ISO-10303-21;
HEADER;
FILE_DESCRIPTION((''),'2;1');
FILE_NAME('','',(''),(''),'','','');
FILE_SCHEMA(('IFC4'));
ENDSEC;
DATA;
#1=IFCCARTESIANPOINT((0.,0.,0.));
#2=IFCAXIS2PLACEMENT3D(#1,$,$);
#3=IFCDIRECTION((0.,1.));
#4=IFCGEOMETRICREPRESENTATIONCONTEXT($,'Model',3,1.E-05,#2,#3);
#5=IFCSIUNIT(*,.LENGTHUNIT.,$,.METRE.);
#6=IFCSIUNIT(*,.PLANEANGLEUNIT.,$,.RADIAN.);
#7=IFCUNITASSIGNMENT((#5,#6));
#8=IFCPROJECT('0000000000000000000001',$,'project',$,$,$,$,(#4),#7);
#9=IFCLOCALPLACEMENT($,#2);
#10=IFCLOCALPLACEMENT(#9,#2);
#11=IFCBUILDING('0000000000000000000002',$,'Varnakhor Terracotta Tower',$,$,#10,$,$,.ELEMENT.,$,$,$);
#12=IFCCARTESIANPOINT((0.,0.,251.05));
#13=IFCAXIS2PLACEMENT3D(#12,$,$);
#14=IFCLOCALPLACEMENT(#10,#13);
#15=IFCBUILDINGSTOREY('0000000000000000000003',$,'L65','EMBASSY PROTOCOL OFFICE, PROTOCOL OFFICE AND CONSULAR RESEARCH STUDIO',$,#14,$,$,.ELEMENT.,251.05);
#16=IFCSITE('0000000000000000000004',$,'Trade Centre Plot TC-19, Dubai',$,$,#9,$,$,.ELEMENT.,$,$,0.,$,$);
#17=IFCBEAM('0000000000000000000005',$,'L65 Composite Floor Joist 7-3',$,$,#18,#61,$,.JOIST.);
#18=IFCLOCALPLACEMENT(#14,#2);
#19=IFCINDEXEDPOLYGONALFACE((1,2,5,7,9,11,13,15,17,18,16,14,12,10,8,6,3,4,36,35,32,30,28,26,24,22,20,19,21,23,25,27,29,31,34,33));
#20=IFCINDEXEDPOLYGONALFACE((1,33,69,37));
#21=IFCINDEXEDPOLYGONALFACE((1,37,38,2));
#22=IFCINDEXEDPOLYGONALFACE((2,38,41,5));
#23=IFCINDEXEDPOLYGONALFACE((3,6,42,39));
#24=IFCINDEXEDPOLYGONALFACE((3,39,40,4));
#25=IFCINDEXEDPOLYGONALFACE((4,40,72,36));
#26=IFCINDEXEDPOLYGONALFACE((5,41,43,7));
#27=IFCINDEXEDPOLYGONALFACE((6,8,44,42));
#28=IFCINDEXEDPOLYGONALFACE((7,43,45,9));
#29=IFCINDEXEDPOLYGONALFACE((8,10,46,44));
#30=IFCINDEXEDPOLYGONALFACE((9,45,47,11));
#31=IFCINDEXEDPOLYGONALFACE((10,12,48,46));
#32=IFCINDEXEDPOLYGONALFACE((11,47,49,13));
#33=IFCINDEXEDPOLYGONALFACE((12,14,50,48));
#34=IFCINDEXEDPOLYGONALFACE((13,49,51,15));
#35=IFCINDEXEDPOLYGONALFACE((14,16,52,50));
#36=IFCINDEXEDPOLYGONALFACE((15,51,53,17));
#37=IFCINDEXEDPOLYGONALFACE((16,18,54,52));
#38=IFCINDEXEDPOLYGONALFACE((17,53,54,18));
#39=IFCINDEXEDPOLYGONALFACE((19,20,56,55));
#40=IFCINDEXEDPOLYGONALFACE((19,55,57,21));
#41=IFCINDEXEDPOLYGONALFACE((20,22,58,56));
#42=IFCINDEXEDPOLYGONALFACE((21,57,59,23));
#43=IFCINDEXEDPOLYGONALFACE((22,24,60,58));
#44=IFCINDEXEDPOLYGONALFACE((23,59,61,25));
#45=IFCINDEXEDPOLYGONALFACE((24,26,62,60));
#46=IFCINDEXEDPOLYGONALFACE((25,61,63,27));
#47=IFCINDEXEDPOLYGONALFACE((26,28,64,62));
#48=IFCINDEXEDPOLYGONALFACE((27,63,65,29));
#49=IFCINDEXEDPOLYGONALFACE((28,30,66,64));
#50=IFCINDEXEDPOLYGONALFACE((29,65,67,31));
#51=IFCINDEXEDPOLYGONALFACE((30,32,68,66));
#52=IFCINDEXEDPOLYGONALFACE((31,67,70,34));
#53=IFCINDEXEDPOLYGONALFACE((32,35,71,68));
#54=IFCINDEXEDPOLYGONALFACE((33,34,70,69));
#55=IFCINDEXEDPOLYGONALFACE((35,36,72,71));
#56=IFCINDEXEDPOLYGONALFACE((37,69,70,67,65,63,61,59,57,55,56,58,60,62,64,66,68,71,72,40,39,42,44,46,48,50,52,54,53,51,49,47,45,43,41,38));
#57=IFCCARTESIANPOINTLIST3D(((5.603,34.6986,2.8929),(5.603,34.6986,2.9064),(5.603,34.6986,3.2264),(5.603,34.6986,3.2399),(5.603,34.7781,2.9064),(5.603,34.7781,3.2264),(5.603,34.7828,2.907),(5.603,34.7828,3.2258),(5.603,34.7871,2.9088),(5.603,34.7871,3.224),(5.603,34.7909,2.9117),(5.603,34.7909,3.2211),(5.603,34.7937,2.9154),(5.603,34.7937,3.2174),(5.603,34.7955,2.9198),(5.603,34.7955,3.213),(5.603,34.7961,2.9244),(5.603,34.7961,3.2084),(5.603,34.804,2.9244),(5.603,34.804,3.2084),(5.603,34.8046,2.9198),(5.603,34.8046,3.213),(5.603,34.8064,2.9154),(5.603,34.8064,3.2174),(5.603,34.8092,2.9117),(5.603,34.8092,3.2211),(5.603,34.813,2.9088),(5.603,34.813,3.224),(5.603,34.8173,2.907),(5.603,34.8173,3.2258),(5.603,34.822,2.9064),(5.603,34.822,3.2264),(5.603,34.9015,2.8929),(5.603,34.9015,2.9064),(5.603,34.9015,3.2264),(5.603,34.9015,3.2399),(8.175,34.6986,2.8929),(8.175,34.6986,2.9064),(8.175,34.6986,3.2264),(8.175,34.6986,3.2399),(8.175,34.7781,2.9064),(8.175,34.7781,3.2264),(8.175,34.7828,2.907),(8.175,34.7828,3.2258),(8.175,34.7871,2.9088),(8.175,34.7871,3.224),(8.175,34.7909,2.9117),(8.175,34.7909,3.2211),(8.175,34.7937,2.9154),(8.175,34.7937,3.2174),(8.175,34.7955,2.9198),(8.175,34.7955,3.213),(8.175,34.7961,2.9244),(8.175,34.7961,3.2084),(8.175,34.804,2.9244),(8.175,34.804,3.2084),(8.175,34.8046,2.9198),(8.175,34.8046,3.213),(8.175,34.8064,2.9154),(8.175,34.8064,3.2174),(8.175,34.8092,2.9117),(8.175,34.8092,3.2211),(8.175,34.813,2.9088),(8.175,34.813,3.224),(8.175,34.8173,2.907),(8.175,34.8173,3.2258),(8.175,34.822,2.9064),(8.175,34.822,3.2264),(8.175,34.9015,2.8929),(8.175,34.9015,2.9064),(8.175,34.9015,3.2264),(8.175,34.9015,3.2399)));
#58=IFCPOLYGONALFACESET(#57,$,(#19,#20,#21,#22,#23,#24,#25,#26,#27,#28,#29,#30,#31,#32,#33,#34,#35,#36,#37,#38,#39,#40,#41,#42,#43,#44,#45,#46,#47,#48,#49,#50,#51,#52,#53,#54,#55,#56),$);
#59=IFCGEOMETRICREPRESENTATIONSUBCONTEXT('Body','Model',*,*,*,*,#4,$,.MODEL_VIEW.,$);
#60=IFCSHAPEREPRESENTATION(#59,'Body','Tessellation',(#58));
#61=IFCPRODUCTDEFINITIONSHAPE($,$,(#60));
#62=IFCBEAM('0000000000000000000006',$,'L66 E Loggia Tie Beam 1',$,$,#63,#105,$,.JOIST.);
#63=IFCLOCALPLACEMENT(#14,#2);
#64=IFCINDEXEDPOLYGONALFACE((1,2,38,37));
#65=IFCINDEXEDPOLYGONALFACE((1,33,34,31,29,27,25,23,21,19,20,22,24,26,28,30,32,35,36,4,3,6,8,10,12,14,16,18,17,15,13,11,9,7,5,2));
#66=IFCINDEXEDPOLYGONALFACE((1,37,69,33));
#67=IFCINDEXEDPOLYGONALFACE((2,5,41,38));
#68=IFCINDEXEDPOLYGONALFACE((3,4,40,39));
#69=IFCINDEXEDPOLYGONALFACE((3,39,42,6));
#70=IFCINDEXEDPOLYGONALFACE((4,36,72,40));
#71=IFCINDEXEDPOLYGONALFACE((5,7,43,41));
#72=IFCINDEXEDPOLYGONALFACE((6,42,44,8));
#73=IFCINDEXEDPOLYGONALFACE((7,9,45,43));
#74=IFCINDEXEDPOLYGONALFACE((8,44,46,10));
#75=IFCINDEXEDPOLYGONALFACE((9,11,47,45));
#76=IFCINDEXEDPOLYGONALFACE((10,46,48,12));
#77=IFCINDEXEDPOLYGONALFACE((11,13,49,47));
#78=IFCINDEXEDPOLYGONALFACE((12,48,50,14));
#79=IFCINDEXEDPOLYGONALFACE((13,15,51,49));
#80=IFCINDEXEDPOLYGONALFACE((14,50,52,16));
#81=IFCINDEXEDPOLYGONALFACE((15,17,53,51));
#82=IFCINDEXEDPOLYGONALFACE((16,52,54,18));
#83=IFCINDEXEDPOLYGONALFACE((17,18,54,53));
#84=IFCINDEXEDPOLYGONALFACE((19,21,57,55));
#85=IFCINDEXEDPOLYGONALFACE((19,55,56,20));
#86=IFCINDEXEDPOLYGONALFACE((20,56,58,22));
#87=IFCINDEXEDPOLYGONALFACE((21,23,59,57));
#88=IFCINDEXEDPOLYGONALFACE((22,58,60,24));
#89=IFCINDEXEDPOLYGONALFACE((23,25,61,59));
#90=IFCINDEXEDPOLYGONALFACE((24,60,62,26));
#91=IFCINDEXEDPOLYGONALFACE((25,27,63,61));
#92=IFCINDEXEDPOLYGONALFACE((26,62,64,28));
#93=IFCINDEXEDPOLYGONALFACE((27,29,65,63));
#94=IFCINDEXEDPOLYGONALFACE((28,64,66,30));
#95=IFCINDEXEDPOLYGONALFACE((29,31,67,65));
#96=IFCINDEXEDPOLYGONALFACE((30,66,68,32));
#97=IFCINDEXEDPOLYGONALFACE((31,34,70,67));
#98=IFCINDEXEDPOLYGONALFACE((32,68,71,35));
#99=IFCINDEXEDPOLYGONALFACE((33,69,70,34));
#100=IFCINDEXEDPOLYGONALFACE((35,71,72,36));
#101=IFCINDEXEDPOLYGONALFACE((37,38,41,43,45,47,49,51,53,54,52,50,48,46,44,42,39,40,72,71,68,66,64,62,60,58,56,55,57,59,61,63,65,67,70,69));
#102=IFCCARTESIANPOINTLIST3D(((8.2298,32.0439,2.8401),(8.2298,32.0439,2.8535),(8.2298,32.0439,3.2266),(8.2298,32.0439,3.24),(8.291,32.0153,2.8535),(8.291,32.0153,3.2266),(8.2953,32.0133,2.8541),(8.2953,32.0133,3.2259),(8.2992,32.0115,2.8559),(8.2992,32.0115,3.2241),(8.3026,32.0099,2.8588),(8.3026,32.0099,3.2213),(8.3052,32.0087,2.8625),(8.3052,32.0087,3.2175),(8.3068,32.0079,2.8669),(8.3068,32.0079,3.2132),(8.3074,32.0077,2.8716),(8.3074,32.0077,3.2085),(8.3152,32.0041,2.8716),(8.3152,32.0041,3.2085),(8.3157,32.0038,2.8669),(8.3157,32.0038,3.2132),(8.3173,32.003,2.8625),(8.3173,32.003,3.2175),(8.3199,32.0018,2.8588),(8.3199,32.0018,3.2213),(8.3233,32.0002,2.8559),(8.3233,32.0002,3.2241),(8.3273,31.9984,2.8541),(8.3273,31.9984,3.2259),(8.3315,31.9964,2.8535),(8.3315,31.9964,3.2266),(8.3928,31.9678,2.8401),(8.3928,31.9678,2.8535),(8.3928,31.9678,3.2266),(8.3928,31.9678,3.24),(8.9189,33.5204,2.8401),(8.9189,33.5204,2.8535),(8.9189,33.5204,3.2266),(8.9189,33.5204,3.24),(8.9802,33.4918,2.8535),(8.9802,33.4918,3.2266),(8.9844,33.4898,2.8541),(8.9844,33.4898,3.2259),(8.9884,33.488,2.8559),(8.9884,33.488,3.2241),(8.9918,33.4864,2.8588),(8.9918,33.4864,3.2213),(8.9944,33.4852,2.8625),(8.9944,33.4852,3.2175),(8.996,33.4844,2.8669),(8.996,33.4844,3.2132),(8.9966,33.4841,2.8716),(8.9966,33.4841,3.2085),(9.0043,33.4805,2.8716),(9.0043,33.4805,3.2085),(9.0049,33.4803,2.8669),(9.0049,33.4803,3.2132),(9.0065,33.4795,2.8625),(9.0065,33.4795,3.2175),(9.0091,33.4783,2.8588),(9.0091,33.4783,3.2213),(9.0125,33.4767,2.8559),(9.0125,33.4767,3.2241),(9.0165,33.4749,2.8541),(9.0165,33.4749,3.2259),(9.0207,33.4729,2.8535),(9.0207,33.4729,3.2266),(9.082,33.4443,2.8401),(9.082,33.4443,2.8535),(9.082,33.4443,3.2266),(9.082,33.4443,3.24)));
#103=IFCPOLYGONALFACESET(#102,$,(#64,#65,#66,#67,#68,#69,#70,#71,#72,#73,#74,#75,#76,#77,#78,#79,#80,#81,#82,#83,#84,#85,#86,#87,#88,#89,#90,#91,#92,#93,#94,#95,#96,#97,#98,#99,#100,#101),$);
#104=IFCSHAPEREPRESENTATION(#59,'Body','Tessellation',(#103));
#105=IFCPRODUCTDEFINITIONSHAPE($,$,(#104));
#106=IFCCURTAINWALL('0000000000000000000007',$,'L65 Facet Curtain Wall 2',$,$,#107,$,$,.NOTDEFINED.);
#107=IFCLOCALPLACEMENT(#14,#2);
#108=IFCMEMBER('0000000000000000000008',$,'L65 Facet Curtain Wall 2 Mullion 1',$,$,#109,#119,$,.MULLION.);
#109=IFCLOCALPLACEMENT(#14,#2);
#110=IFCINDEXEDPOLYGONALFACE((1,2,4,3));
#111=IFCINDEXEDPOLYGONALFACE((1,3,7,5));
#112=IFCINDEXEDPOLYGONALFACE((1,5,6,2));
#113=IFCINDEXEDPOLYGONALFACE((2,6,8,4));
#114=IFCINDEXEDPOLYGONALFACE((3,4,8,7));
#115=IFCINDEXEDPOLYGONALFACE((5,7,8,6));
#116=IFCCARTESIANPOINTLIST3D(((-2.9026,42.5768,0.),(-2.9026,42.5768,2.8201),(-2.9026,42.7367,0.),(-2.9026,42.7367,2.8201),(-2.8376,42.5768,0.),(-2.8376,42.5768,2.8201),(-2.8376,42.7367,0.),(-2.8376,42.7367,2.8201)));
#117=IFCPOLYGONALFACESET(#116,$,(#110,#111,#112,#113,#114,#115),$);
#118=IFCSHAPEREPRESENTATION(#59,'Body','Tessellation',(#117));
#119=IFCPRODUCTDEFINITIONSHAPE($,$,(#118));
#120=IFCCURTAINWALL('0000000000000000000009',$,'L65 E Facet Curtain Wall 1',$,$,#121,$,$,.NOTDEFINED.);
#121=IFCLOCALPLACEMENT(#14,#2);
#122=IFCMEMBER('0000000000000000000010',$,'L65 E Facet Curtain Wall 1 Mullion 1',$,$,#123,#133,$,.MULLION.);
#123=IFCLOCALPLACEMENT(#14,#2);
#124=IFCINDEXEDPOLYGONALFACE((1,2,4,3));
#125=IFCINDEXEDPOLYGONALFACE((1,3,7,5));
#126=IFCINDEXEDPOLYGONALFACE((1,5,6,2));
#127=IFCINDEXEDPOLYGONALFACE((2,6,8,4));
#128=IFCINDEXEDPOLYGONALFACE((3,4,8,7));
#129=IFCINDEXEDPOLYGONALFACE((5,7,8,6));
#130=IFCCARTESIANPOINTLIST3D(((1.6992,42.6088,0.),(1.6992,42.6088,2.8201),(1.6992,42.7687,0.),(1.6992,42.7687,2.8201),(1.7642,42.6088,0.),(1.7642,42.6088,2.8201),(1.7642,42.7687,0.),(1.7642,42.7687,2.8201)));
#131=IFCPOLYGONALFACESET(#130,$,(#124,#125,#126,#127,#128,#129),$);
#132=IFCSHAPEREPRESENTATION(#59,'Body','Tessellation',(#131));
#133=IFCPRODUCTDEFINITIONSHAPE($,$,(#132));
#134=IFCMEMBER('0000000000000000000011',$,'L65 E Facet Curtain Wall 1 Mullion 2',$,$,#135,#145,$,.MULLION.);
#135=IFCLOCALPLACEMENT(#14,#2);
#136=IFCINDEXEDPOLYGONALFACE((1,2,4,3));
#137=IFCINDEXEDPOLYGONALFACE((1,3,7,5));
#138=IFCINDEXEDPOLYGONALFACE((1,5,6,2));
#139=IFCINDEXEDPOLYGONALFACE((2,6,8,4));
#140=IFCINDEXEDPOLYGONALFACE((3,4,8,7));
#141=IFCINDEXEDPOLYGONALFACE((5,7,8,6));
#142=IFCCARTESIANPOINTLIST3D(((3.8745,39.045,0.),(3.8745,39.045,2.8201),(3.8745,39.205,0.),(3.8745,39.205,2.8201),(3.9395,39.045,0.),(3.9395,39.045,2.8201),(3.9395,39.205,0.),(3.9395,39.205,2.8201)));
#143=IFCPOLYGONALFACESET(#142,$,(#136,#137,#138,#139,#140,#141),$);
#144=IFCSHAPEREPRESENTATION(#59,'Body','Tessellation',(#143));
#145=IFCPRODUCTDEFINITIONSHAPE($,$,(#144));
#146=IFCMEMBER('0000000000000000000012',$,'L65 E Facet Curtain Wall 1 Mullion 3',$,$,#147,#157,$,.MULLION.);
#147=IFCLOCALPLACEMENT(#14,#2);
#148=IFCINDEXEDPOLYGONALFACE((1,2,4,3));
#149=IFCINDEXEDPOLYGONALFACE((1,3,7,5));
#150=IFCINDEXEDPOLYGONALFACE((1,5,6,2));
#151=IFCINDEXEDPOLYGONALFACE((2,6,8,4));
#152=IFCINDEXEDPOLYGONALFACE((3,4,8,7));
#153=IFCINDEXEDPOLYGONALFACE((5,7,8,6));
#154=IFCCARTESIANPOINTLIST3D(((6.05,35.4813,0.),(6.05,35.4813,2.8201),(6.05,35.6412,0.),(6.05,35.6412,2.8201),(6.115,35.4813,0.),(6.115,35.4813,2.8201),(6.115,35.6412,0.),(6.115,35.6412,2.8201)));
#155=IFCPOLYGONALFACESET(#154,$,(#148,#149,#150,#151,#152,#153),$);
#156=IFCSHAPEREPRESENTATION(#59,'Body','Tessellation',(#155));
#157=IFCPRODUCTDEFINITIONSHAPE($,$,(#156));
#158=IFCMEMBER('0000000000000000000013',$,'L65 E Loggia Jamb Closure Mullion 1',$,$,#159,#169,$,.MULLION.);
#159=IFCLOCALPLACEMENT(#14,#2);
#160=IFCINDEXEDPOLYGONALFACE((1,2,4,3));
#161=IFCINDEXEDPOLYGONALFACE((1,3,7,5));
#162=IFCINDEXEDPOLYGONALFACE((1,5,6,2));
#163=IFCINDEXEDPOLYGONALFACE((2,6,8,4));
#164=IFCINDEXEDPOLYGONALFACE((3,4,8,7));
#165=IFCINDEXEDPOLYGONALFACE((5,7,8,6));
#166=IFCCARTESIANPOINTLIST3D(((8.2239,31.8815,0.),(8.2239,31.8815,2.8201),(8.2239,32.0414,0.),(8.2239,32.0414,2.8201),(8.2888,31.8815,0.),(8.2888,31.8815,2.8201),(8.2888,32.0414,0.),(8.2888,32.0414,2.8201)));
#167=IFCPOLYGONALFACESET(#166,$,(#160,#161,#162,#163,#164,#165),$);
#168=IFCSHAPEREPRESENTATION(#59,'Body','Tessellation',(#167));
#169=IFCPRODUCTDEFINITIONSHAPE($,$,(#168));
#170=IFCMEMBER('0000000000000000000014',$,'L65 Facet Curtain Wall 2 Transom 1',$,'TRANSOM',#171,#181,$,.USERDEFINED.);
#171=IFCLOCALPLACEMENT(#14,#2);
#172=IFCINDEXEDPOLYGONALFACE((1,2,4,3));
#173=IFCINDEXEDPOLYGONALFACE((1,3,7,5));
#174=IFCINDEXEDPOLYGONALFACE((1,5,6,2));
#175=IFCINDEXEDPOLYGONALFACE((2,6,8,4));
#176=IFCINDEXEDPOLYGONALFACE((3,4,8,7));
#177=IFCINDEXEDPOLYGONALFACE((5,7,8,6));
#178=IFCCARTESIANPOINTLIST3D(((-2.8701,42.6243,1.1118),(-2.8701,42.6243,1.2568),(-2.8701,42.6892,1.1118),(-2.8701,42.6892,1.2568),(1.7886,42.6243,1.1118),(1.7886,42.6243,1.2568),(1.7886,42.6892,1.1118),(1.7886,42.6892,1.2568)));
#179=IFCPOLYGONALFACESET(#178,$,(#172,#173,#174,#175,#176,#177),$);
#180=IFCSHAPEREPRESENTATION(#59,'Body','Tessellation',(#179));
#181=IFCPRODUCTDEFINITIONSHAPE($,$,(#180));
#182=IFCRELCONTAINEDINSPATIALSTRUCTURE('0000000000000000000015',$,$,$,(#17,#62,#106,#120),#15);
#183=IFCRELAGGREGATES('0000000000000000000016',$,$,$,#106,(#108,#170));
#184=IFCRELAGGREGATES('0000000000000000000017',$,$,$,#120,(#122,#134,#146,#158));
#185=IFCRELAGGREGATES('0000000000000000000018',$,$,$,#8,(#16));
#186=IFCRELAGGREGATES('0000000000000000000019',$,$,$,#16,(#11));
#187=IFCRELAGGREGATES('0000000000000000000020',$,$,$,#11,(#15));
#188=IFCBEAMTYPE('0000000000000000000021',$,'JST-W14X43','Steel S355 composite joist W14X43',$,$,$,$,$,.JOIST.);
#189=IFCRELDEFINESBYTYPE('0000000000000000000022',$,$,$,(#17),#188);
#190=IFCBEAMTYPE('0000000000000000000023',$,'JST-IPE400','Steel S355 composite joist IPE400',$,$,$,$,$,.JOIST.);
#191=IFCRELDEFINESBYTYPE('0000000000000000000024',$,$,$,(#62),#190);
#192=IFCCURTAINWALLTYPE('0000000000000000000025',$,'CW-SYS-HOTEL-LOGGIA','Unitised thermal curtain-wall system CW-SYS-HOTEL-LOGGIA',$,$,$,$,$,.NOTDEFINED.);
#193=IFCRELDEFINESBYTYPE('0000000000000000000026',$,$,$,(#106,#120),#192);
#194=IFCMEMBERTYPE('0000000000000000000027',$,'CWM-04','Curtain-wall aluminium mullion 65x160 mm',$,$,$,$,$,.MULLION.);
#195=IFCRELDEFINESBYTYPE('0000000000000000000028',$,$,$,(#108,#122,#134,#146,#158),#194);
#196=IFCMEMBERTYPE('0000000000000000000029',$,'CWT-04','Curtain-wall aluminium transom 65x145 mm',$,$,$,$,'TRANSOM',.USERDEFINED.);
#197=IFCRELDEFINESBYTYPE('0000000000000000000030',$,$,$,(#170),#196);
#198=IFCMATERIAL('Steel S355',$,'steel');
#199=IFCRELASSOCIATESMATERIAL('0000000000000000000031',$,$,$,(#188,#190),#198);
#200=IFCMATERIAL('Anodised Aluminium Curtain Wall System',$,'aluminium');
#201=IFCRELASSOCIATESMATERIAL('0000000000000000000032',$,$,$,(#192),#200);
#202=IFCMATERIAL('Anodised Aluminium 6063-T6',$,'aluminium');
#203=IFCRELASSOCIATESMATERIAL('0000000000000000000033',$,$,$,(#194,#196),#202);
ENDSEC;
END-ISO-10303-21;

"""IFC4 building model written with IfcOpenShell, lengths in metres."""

from ifc_helpers import new_model, si_unit, direction, frame, origin, origin_2d, place, context, subcontext, project, spatial, rectangle, i_section, extrude, source, transform, mapped, material, material_profile, profile_set, type_object, type_shapes, element, aggregate, save


model = new_model("IFC4")

# Units and contexts
model_context = context("Model", 3, precision=1e-05, world=origin(), true_north=direction((0.0, 1.0)))
body_context = subcontext(model_context, "Body", "Model", "MODEL_VIEW")
ifc_project = project(units=[si_unit("LENGTHUNIT", "METRE"), si_unit("PLANEANGLEUNIT", "RADIAN")], contexts=[model_context])

# Site, building, storey
site_placement = place(None, origin())
site = spatial("IfcSite", under=ifc_project, at=site_placement, Name="Trade Centre Plot TC-19, Dubai", CompositionType="ELEMENT", RefElevation=0.0)
building_placement = place(site_placement, origin())
building = spatial("IfcBuilding", under=site, at=building_placement, Name="Varnakhor Terracotta Tower", CompositionType="ELEMENT")
storey_placement = place(building_placement, frame((0.0, 0.0, 251.05)))
storey = spatial("IfcBuildingStorey", under=building, at=storey_placement, Name="L65", Description="EMBASSY PROTOCOL OFFICE, PROTOCOL OFFICE AND CONSULAR RESEARCH STUDIO", CompositionType="ELEMENT", Elevation=251.05)

# Beams
ifc_material_1 = material(Name="Steel S355", Category="steel")
ifc_material_profile_1 = material_profile(ifc_material_1, i_section(OverallWidth=0.2029, OverallDepth=0.3469, WebThickness=0.0078, FlangeThickness=0.0134, FilletRadius=0.0181, at=origin_2d()), Name="W14X43")
ifc_profile_set_1 = profile_set([ifc_material_profile_1], Name="Steel S355")
beam_type_1 = type_object("IfcBeamType", Name="JST-W14X43", Description="Steel S355 composite joist W14X43", PredefinedType="JOIST", material=ifc_profile_set_1)
shared_shape_1 = source(origin(), body_context, "Body", "SweptSolid", [
    extrude(i_section(OverallWidth=0.2029, OverallDepth=0.3469, WebThickness=0.0078, FlangeThickness=0.0134, FilletRadius=0.0181, at=origin_2d()), origin(), (0.0, 0.0, 1.0), 2.572),
])
beam_1_placement = place(storey_placement, frame((5.603, 34.8, 3.0664), z_axis=(1.0, 0.0, 0.0), x_axis=(0.0, 1.0, 0.0)))
element("IfcBeam", 1, at=beam_1_placement, inside=storey, type_object=beam_type_1, Name="L65 Composite Floor Joist 7-3", PredefinedType="JOIST", context=body_context, shape_type="MappedRepresentation", body=[
    mapped(shared_shape_1, transform((0.0, 0.0, 0.0), scale=1.0)),
])
ifc_material_profile_2 = material_profile(ifc_material_1, i_section(OverallWidth=0.1799, OverallDepth=0.3999, WebThickness=0.0085, FlangeThickness=0.0134, FilletRadius=0.0181, at=origin_2d()), Name="IPE400")
ifc_profile_set_2 = profile_set([ifc_material_profile_2], Name="Steel S355")
beam_type_2 = type_object("IfcBeamType", Name="JST-IPE400", Description="Steel S355 composite joist IPE400", PredefinedType="JOIST", material=ifc_profile_set_2)
shared_shape_2 = source(origin(), body_context, "Body", "SweptSolid", [
    extrude(i_section(OverallWidth=0.1799, OverallDepth=0.3999, WebThickness=0.0085, FlangeThickness=0.0134, FilletRadius=0.0181, at=origin_2d()), origin(), (0.0, 0.0, 1.0), 1.6294),
])
beam_2_placement = place(storey_placement, frame((8.3113, 32.0059, 3.04), z_axis=(0.422959, 0.906149, 0.0), x_axis=(-0.906149, 0.422959, 0.0)))
element("IfcBeam", 2, at=beam_2_placement, inside=storey, type_object=beam_type_2, Name="L66 E Loggia Tie Beam 1", PredefinedType="JOIST", context=body_context, shape_type="MappedRepresentation", body=[
    mapped(shared_shape_2, transform((0.0, 0.0, 0.0), scale=1.0)),
])

# Curtain wall, member
ifc_material_2 = material(Name="Anodised Aluminium Curtain Wall System", Category="aluminium")
curtain_wall_type = type_object("IfcCurtainWallType", Name="CW-SYS-HOTEL-LOGGIA", Description="Unitised thermal curtain-wall system CW-SYS-HOTEL-LOGGIA", PredefinedType="NOTDEFINED", material=ifc_material_2)
curtain_wall_1_placement = place(storey_placement, origin())
curtain_wall_1 = element("IfcCurtainWall", 3, at=curtain_wall_1_placement, inside=storey, type_object=curtain_wall_type, Name="L65 Facet Curtain Wall 2", PredefinedType="NOTDEFINED")
ifc_material_3 = material(Name="Anodised Aluminium 6063-T6", Category="aluminium")
ifc_material_profile_3 = material_profile(ifc_material_3, rectangle(XDim=0.0649, YDim=0.1599, at=origin_2d()), Name="ALU MULLION 65x160")
ifc_profile_set_3 = profile_set([ifc_material_profile_3], Name="Anodised Aluminium 6063-T6")
member_type_1 = type_object("IfcMemberType", Name="CWM-04", Description="Curtain-wall aluminium mullion 65x160 mm", PredefinedType="MULLION", material=ifc_profile_set_3)
shared_shape_3 = source(origin(), body_context, "Body", "SweptSolid", [
    extrude(rectangle(XDim=0.0649, YDim=0.1599, at=origin_2d()), origin(), (0.0, 0.0, 1.0), 2.8201),
])
type_shapes(member_type_1, [shared_shape_3])
member_1_placement = place(storey_placement, frame((-2.8701, 42.6567, 0.0), z_axis=(0.0, 0.0, 1.0), x_axis=(1.0, 0.0, 0.0)))
member_1 = element("IfcMember", 4, at=member_1_placement, type_object=member_type_1, Name="L65 Facet Curtain Wall 2 Mullion 1", PredefinedType="MULLION", context=body_context, shape_type="MappedRepresentation", body=[
    mapped(shared_shape_3, transform((0.0, 0.0, 0.0), scale=1.0)),
])

# Curtain wall, members
curtain_wall_2_placement = place(storey_placement, origin())
curtain_wall_2 = element("IfcCurtainWall", 5, at=curtain_wall_2_placement, inside=storey, type_object=curtain_wall_type, Name="L65 E Facet Curtain Wall 1", PredefinedType="NOTDEFINED")
member_2_placement = place(storey_placement, frame((1.7317, 42.6887, 0.0), z_axis=(0.0, 0.0, 1.0), x_axis=(1.0, 0.0, 0.0)))
member_2 = element("IfcMember", 6, at=member_2_placement, type_object=member_type_1, Name="L65 E Facet Curtain Wall 1 Mullion 1", PredefinedType="MULLION", context=body_context, shape_type="MappedRepresentation", body=[
    mapped(shared_shape_3, transform((0.0, 0.0, 0.0), scale=1.0)),
])
member_3_placement = place(storey_placement, frame((3.907, 39.125, 0.0), z_axis=(0.0, 0.0, 1.0), x_axis=(1.0, 0.0, 0.0)))
member_3 = element("IfcMember", 7, at=member_3_placement, type_object=member_type_1, Name="L65 E Facet Curtain Wall 1 Mullion 2", PredefinedType="MULLION", context=body_context, shape_type="MappedRepresentation", body=[
    mapped(shared_shape_3, transform((0.0, 0.0, 0.0), scale=1.0)),
])
member_4_placement = place(storey_placement, frame((6.0825, 35.5613, 0.0), z_axis=(0.0, 0.0, 1.0), x_axis=(1.0, 0.0, 0.0)))
member_4 = element("IfcMember", 8, at=member_4_placement, type_object=member_type_1, Name="L65 E Facet Curtain Wall 1 Mullion 3", PredefinedType="MULLION", context=body_context, shape_type="MappedRepresentation", body=[
    mapped(shared_shape_3, transform((0.0, 0.0, 0.0), scale=1.0)),
])
member_5_placement = place(storey_placement, frame((8.2563, 31.9614, 0.0), z_axis=(0.0, 0.0, 1.0), x_axis=(1.0, 0.0, 0.0)))
member_5 = element("IfcMember", 9, at=member_5_placement, type_object=member_type_1, Name="L65 E Loggia Jamb Closure Mullion 1", PredefinedType="MULLION", context=body_context, shape_type="MappedRepresentation", body=[
    mapped(shared_shape_3, transform((0.0, 0.0, 0.0), scale=1.0)),
])

# Member
ifc_material_profile_4 = material_profile(ifc_material_3, rectangle(XDim=0.0649, YDim=0.145, at=origin_2d()), Name="ALU TRANSOM 65x145")
ifc_profile_set_4 = profile_set([ifc_material_profile_4], Name="Anodised Aluminium 6063-T6")
member_type_2 = type_object("IfcMemberType", Name="CWT-04", Description="Curtain-wall aluminium transom 65x145 mm", ElementType="TRANSOM", PredefinedType="USERDEFINED", material=ifc_profile_set_4)
shared_shape_4 = source(origin(), body_context, "Body", "SweptSolid", [
    extrude(rectangle(XDim=0.0649, YDim=0.145, at=origin_2d()), origin(), (0.0, 0.0, 1.0), 4.6587),
])
member_6_placement = place(storey_placement, frame((-2.8701, 42.6567, 1.1843), z_axis=(1.0, 0.0, 0.0), x_axis=(0.0, 1.0, 0.0)))
member_6 = element("IfcMember", 10, at=member_6_placement, type_object=member_type_2, Name="L65 Facet Curtain Wall 2 Transom 1", ObjectType="TRANSOM", PredefinedType="USERDEFINED", context=body_context, shape_type="MappedRepresentation", body=[
    mapped(shared_shape_4, transform((0.0, 0.0, 0.0), scale=1.0)),
])

aggregate(curtain_wall_1, [member_1, member_6])
aggregate(curtain_wall_2, [member_2, member_3, member_4, member_5])

save(model, "model.ifc")
